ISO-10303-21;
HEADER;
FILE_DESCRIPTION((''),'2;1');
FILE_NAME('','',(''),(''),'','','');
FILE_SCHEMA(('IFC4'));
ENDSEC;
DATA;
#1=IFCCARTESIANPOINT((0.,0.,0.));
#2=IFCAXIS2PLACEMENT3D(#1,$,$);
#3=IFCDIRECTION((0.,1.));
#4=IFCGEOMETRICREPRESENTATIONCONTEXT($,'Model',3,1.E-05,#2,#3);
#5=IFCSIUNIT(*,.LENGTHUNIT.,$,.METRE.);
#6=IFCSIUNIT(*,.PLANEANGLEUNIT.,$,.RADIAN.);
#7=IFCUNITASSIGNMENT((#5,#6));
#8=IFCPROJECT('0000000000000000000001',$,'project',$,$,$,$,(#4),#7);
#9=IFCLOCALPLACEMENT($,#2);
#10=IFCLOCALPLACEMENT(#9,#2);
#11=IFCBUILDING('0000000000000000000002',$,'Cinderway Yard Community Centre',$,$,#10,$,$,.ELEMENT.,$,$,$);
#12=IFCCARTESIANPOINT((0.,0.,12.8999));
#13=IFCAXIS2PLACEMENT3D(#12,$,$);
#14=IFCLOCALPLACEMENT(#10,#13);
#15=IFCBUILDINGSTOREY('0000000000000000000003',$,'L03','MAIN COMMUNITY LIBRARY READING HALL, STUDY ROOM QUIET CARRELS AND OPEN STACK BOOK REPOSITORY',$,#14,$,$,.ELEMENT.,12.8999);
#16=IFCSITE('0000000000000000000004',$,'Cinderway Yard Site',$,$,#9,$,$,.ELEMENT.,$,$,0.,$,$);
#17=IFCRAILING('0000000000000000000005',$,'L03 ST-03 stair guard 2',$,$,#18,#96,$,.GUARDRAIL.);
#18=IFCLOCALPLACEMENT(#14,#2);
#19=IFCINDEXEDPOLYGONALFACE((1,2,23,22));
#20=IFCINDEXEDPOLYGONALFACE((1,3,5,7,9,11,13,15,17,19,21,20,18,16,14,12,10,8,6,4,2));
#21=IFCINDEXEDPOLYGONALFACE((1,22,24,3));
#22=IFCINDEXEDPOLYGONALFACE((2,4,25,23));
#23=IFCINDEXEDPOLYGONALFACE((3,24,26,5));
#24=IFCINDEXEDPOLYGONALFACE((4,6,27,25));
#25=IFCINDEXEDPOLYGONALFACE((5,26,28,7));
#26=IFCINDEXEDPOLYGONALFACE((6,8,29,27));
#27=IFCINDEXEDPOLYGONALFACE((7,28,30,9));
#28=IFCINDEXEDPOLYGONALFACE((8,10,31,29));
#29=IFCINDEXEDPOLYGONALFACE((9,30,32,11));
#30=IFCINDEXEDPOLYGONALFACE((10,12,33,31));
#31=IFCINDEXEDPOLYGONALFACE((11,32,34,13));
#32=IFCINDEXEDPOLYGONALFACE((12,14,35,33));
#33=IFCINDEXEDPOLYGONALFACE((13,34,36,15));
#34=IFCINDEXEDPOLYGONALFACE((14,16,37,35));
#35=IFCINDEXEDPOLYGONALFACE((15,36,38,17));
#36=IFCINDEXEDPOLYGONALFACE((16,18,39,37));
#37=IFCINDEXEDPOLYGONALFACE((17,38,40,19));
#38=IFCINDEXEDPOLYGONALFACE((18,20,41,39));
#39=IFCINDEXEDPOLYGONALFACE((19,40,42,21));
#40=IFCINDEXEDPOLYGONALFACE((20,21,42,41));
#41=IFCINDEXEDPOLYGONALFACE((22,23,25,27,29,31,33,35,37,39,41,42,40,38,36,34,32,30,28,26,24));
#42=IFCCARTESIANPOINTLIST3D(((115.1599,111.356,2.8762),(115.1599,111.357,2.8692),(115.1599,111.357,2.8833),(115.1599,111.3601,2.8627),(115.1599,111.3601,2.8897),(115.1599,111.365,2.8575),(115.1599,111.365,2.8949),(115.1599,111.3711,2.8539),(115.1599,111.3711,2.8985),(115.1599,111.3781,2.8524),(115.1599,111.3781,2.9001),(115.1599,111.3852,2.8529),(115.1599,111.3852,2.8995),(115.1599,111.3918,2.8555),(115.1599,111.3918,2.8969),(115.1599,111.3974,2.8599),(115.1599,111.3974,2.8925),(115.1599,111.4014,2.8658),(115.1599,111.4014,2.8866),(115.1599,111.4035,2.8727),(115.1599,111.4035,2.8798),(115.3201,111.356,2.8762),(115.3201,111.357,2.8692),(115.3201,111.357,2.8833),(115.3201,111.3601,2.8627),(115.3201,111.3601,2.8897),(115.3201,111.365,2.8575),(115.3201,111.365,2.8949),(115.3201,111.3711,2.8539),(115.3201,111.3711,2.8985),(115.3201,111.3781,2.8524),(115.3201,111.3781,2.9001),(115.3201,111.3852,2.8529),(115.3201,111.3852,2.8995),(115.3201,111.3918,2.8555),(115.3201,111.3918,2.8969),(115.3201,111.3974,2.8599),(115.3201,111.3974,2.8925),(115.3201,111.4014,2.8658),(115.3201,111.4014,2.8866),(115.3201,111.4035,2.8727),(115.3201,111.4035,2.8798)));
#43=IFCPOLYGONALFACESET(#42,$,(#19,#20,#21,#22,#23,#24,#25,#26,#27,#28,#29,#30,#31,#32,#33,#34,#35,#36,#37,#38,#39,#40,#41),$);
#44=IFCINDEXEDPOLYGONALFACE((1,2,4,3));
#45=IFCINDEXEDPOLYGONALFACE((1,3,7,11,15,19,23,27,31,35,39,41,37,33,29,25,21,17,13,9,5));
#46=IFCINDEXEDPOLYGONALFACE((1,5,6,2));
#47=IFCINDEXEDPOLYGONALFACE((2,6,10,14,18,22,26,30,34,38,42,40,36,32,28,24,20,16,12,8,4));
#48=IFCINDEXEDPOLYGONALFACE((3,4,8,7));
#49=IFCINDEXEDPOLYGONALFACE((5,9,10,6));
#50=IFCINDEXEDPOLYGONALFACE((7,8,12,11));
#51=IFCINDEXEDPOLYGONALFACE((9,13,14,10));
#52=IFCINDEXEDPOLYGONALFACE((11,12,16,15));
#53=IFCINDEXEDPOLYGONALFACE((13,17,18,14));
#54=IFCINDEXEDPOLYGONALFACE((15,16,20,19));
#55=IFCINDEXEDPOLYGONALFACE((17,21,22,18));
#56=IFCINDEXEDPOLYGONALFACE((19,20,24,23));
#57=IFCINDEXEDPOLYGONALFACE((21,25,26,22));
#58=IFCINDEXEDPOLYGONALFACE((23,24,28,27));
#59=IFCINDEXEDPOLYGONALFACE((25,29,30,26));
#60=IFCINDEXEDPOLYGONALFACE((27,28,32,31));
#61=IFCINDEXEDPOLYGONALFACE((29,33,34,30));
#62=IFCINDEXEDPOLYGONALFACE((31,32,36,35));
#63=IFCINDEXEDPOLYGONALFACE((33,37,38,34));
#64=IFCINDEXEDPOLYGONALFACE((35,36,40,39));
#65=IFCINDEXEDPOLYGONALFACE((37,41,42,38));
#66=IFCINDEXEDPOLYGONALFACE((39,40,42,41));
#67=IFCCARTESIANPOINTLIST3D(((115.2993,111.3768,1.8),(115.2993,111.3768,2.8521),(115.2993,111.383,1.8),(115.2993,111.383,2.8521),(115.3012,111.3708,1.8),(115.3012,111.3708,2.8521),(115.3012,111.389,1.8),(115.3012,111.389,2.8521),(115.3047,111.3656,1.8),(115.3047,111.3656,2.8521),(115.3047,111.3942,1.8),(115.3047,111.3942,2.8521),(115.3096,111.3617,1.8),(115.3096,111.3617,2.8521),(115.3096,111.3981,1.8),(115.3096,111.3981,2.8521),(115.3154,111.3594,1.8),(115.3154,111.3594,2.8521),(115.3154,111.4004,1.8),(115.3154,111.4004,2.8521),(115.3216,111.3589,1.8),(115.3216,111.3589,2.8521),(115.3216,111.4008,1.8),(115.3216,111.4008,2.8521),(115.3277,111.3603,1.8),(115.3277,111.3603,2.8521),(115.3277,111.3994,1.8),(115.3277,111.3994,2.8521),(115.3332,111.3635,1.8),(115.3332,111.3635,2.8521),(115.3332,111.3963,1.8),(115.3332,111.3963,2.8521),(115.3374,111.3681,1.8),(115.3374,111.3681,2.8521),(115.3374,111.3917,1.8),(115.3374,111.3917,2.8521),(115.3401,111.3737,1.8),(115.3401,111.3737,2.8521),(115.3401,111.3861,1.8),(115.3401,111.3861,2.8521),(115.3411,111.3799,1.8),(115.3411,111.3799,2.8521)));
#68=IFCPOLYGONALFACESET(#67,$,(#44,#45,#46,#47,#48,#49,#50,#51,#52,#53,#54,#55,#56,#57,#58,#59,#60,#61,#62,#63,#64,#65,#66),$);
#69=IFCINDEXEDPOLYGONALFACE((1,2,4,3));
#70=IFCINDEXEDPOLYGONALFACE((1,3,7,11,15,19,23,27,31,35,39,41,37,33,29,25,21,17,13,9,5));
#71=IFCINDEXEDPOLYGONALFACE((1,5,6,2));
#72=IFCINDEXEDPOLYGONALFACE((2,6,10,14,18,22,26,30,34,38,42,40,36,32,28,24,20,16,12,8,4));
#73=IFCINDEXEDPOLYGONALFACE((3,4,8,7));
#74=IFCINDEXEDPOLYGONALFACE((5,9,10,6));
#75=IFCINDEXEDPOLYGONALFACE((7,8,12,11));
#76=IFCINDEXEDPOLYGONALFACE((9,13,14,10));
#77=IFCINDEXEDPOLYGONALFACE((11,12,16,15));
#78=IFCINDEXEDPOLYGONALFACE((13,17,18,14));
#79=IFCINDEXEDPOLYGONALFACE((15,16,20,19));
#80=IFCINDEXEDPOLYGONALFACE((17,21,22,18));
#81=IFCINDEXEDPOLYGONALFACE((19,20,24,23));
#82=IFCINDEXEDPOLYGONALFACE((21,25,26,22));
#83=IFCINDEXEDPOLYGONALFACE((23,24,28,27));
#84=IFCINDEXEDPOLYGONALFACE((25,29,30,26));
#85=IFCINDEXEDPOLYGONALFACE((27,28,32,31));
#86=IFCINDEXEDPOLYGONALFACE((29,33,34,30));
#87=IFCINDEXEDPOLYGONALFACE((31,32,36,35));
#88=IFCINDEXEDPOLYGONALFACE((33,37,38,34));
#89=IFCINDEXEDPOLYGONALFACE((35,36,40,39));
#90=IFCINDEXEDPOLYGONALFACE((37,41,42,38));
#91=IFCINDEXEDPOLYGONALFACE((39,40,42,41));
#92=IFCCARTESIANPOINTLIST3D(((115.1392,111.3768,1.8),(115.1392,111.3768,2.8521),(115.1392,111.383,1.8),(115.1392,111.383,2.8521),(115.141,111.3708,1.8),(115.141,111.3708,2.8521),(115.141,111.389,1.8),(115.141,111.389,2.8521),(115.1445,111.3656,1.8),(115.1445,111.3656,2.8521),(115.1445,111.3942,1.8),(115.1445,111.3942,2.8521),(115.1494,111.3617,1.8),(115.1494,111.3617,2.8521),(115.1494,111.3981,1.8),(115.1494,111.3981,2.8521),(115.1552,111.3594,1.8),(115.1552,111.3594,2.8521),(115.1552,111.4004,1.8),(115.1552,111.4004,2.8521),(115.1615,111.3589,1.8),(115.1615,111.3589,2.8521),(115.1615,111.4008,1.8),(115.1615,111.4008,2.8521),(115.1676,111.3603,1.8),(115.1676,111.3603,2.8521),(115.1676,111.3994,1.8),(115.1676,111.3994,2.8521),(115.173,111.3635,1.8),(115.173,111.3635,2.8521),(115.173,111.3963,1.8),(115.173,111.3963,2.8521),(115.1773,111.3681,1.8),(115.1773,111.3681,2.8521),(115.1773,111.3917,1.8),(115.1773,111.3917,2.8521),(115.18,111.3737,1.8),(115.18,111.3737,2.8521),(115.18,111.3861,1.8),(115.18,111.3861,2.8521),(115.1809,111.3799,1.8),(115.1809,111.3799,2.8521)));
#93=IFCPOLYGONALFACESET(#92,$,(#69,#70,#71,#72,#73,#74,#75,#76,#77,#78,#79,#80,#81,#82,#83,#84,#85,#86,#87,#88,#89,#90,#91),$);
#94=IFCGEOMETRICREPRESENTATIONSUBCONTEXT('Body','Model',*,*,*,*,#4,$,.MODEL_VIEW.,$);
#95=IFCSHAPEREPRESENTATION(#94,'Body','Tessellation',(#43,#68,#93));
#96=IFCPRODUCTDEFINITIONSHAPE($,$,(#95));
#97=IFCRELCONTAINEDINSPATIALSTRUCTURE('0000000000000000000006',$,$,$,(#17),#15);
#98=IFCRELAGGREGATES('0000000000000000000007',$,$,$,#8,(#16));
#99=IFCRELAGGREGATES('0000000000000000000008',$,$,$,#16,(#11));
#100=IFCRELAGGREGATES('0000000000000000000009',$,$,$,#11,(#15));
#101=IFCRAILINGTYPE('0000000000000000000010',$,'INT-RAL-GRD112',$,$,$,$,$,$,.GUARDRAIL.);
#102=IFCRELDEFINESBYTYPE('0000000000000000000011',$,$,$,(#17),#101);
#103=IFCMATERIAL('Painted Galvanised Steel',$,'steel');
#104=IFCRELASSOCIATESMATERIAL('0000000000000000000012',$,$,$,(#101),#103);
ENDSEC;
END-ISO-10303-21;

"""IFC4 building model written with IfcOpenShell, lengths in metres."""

from ifc_helpers import new_model, si_unit, direction, frame, origin, origin_2d, place, context, subcontext, project, spatial, circle, extrude, material, type_object, element, save


model = new_model("IFC4")

# Units and contexts
model_context = context("Model", 3, precision=1e-05, world=origin(), true_north=direction((0.0, 1.0)))
body_context = subcontext(model_context, "Body", "Model", "MODEL_VIEW")
ifc_project = project(units=[si_unit("LENGTHUNIT", "METRE"), si_unit("PLANEANGLEUNIT", "RADIAN")], contexts=[model_context])

# Site, building, storey
site_placement = place(None, origin())
site = spatial("IfcSite", under=ifc_project, at=site_placement, Name="Cinderway Yard Site", CompositionType="ELEMENT", RefElevation=0.0)
building_placement = place(site_placement, origin())
building = spatial("IfcBuilding", under=site, at=building_placement, Name="Cinderway Yard Community Centre", CompositionType="ELEMENT")
storey_placement = place(building_placement, frame((0.0, 0.0, 12.8999)))
storey = spatial("IfcBuildingStorey", under=building, at=storey_placement, Name="L03", Description="MAIN COMMUNITY LIBRARY READING HALL, STUDY ROOM QUIET CARRELS AND OPEN STACK BOOK REPOSITORY", CompositionType="ELEMENT", Elevation=12.8999)

# Shared definitions
ifc_material_1 = material(Name="Painted Galvanised Steel", Category="steel")

# Railing
railing_type_1 = type_object("IfcRailingType", Name="INT-RAL-GRD112", PredefinedType="GUARDRAIL", material=ifc_material_1)
railing_1_placement = place(storey_placement, frame((115.3201, 111.3799, 1.8)))
element("IfcRailing", 1, at=railing_1_placement, inside=storey, type_object=railing_type_1, Name="L03 ST-03 stair guard 2", PredefinedType="GUARDRAIL", context=body_context, shape_type="SweptSolid", body=[
    extrude(circle(Radius=0.0239, at=origin_2d()), frame((0.0, 0.0, 1.0762), z_axis=(-1.0, 0.0, 0.0), x_axis=(0.0, -1.0, 0.0)), (0.0, 0.0, 1.0), 0.1602),
    extrude(circle(Radius=0.021, at=origin_2d()), origin(), (0.0, 0.0, 1.0), 1.052),
    extrude(circle(Radius=0.021, at=origin_2d()), frame((-0.1602, 0.0, 0.0)), (0.0, 0.0, 1.0), 1.052),
])

save(model, "model.ifc")
